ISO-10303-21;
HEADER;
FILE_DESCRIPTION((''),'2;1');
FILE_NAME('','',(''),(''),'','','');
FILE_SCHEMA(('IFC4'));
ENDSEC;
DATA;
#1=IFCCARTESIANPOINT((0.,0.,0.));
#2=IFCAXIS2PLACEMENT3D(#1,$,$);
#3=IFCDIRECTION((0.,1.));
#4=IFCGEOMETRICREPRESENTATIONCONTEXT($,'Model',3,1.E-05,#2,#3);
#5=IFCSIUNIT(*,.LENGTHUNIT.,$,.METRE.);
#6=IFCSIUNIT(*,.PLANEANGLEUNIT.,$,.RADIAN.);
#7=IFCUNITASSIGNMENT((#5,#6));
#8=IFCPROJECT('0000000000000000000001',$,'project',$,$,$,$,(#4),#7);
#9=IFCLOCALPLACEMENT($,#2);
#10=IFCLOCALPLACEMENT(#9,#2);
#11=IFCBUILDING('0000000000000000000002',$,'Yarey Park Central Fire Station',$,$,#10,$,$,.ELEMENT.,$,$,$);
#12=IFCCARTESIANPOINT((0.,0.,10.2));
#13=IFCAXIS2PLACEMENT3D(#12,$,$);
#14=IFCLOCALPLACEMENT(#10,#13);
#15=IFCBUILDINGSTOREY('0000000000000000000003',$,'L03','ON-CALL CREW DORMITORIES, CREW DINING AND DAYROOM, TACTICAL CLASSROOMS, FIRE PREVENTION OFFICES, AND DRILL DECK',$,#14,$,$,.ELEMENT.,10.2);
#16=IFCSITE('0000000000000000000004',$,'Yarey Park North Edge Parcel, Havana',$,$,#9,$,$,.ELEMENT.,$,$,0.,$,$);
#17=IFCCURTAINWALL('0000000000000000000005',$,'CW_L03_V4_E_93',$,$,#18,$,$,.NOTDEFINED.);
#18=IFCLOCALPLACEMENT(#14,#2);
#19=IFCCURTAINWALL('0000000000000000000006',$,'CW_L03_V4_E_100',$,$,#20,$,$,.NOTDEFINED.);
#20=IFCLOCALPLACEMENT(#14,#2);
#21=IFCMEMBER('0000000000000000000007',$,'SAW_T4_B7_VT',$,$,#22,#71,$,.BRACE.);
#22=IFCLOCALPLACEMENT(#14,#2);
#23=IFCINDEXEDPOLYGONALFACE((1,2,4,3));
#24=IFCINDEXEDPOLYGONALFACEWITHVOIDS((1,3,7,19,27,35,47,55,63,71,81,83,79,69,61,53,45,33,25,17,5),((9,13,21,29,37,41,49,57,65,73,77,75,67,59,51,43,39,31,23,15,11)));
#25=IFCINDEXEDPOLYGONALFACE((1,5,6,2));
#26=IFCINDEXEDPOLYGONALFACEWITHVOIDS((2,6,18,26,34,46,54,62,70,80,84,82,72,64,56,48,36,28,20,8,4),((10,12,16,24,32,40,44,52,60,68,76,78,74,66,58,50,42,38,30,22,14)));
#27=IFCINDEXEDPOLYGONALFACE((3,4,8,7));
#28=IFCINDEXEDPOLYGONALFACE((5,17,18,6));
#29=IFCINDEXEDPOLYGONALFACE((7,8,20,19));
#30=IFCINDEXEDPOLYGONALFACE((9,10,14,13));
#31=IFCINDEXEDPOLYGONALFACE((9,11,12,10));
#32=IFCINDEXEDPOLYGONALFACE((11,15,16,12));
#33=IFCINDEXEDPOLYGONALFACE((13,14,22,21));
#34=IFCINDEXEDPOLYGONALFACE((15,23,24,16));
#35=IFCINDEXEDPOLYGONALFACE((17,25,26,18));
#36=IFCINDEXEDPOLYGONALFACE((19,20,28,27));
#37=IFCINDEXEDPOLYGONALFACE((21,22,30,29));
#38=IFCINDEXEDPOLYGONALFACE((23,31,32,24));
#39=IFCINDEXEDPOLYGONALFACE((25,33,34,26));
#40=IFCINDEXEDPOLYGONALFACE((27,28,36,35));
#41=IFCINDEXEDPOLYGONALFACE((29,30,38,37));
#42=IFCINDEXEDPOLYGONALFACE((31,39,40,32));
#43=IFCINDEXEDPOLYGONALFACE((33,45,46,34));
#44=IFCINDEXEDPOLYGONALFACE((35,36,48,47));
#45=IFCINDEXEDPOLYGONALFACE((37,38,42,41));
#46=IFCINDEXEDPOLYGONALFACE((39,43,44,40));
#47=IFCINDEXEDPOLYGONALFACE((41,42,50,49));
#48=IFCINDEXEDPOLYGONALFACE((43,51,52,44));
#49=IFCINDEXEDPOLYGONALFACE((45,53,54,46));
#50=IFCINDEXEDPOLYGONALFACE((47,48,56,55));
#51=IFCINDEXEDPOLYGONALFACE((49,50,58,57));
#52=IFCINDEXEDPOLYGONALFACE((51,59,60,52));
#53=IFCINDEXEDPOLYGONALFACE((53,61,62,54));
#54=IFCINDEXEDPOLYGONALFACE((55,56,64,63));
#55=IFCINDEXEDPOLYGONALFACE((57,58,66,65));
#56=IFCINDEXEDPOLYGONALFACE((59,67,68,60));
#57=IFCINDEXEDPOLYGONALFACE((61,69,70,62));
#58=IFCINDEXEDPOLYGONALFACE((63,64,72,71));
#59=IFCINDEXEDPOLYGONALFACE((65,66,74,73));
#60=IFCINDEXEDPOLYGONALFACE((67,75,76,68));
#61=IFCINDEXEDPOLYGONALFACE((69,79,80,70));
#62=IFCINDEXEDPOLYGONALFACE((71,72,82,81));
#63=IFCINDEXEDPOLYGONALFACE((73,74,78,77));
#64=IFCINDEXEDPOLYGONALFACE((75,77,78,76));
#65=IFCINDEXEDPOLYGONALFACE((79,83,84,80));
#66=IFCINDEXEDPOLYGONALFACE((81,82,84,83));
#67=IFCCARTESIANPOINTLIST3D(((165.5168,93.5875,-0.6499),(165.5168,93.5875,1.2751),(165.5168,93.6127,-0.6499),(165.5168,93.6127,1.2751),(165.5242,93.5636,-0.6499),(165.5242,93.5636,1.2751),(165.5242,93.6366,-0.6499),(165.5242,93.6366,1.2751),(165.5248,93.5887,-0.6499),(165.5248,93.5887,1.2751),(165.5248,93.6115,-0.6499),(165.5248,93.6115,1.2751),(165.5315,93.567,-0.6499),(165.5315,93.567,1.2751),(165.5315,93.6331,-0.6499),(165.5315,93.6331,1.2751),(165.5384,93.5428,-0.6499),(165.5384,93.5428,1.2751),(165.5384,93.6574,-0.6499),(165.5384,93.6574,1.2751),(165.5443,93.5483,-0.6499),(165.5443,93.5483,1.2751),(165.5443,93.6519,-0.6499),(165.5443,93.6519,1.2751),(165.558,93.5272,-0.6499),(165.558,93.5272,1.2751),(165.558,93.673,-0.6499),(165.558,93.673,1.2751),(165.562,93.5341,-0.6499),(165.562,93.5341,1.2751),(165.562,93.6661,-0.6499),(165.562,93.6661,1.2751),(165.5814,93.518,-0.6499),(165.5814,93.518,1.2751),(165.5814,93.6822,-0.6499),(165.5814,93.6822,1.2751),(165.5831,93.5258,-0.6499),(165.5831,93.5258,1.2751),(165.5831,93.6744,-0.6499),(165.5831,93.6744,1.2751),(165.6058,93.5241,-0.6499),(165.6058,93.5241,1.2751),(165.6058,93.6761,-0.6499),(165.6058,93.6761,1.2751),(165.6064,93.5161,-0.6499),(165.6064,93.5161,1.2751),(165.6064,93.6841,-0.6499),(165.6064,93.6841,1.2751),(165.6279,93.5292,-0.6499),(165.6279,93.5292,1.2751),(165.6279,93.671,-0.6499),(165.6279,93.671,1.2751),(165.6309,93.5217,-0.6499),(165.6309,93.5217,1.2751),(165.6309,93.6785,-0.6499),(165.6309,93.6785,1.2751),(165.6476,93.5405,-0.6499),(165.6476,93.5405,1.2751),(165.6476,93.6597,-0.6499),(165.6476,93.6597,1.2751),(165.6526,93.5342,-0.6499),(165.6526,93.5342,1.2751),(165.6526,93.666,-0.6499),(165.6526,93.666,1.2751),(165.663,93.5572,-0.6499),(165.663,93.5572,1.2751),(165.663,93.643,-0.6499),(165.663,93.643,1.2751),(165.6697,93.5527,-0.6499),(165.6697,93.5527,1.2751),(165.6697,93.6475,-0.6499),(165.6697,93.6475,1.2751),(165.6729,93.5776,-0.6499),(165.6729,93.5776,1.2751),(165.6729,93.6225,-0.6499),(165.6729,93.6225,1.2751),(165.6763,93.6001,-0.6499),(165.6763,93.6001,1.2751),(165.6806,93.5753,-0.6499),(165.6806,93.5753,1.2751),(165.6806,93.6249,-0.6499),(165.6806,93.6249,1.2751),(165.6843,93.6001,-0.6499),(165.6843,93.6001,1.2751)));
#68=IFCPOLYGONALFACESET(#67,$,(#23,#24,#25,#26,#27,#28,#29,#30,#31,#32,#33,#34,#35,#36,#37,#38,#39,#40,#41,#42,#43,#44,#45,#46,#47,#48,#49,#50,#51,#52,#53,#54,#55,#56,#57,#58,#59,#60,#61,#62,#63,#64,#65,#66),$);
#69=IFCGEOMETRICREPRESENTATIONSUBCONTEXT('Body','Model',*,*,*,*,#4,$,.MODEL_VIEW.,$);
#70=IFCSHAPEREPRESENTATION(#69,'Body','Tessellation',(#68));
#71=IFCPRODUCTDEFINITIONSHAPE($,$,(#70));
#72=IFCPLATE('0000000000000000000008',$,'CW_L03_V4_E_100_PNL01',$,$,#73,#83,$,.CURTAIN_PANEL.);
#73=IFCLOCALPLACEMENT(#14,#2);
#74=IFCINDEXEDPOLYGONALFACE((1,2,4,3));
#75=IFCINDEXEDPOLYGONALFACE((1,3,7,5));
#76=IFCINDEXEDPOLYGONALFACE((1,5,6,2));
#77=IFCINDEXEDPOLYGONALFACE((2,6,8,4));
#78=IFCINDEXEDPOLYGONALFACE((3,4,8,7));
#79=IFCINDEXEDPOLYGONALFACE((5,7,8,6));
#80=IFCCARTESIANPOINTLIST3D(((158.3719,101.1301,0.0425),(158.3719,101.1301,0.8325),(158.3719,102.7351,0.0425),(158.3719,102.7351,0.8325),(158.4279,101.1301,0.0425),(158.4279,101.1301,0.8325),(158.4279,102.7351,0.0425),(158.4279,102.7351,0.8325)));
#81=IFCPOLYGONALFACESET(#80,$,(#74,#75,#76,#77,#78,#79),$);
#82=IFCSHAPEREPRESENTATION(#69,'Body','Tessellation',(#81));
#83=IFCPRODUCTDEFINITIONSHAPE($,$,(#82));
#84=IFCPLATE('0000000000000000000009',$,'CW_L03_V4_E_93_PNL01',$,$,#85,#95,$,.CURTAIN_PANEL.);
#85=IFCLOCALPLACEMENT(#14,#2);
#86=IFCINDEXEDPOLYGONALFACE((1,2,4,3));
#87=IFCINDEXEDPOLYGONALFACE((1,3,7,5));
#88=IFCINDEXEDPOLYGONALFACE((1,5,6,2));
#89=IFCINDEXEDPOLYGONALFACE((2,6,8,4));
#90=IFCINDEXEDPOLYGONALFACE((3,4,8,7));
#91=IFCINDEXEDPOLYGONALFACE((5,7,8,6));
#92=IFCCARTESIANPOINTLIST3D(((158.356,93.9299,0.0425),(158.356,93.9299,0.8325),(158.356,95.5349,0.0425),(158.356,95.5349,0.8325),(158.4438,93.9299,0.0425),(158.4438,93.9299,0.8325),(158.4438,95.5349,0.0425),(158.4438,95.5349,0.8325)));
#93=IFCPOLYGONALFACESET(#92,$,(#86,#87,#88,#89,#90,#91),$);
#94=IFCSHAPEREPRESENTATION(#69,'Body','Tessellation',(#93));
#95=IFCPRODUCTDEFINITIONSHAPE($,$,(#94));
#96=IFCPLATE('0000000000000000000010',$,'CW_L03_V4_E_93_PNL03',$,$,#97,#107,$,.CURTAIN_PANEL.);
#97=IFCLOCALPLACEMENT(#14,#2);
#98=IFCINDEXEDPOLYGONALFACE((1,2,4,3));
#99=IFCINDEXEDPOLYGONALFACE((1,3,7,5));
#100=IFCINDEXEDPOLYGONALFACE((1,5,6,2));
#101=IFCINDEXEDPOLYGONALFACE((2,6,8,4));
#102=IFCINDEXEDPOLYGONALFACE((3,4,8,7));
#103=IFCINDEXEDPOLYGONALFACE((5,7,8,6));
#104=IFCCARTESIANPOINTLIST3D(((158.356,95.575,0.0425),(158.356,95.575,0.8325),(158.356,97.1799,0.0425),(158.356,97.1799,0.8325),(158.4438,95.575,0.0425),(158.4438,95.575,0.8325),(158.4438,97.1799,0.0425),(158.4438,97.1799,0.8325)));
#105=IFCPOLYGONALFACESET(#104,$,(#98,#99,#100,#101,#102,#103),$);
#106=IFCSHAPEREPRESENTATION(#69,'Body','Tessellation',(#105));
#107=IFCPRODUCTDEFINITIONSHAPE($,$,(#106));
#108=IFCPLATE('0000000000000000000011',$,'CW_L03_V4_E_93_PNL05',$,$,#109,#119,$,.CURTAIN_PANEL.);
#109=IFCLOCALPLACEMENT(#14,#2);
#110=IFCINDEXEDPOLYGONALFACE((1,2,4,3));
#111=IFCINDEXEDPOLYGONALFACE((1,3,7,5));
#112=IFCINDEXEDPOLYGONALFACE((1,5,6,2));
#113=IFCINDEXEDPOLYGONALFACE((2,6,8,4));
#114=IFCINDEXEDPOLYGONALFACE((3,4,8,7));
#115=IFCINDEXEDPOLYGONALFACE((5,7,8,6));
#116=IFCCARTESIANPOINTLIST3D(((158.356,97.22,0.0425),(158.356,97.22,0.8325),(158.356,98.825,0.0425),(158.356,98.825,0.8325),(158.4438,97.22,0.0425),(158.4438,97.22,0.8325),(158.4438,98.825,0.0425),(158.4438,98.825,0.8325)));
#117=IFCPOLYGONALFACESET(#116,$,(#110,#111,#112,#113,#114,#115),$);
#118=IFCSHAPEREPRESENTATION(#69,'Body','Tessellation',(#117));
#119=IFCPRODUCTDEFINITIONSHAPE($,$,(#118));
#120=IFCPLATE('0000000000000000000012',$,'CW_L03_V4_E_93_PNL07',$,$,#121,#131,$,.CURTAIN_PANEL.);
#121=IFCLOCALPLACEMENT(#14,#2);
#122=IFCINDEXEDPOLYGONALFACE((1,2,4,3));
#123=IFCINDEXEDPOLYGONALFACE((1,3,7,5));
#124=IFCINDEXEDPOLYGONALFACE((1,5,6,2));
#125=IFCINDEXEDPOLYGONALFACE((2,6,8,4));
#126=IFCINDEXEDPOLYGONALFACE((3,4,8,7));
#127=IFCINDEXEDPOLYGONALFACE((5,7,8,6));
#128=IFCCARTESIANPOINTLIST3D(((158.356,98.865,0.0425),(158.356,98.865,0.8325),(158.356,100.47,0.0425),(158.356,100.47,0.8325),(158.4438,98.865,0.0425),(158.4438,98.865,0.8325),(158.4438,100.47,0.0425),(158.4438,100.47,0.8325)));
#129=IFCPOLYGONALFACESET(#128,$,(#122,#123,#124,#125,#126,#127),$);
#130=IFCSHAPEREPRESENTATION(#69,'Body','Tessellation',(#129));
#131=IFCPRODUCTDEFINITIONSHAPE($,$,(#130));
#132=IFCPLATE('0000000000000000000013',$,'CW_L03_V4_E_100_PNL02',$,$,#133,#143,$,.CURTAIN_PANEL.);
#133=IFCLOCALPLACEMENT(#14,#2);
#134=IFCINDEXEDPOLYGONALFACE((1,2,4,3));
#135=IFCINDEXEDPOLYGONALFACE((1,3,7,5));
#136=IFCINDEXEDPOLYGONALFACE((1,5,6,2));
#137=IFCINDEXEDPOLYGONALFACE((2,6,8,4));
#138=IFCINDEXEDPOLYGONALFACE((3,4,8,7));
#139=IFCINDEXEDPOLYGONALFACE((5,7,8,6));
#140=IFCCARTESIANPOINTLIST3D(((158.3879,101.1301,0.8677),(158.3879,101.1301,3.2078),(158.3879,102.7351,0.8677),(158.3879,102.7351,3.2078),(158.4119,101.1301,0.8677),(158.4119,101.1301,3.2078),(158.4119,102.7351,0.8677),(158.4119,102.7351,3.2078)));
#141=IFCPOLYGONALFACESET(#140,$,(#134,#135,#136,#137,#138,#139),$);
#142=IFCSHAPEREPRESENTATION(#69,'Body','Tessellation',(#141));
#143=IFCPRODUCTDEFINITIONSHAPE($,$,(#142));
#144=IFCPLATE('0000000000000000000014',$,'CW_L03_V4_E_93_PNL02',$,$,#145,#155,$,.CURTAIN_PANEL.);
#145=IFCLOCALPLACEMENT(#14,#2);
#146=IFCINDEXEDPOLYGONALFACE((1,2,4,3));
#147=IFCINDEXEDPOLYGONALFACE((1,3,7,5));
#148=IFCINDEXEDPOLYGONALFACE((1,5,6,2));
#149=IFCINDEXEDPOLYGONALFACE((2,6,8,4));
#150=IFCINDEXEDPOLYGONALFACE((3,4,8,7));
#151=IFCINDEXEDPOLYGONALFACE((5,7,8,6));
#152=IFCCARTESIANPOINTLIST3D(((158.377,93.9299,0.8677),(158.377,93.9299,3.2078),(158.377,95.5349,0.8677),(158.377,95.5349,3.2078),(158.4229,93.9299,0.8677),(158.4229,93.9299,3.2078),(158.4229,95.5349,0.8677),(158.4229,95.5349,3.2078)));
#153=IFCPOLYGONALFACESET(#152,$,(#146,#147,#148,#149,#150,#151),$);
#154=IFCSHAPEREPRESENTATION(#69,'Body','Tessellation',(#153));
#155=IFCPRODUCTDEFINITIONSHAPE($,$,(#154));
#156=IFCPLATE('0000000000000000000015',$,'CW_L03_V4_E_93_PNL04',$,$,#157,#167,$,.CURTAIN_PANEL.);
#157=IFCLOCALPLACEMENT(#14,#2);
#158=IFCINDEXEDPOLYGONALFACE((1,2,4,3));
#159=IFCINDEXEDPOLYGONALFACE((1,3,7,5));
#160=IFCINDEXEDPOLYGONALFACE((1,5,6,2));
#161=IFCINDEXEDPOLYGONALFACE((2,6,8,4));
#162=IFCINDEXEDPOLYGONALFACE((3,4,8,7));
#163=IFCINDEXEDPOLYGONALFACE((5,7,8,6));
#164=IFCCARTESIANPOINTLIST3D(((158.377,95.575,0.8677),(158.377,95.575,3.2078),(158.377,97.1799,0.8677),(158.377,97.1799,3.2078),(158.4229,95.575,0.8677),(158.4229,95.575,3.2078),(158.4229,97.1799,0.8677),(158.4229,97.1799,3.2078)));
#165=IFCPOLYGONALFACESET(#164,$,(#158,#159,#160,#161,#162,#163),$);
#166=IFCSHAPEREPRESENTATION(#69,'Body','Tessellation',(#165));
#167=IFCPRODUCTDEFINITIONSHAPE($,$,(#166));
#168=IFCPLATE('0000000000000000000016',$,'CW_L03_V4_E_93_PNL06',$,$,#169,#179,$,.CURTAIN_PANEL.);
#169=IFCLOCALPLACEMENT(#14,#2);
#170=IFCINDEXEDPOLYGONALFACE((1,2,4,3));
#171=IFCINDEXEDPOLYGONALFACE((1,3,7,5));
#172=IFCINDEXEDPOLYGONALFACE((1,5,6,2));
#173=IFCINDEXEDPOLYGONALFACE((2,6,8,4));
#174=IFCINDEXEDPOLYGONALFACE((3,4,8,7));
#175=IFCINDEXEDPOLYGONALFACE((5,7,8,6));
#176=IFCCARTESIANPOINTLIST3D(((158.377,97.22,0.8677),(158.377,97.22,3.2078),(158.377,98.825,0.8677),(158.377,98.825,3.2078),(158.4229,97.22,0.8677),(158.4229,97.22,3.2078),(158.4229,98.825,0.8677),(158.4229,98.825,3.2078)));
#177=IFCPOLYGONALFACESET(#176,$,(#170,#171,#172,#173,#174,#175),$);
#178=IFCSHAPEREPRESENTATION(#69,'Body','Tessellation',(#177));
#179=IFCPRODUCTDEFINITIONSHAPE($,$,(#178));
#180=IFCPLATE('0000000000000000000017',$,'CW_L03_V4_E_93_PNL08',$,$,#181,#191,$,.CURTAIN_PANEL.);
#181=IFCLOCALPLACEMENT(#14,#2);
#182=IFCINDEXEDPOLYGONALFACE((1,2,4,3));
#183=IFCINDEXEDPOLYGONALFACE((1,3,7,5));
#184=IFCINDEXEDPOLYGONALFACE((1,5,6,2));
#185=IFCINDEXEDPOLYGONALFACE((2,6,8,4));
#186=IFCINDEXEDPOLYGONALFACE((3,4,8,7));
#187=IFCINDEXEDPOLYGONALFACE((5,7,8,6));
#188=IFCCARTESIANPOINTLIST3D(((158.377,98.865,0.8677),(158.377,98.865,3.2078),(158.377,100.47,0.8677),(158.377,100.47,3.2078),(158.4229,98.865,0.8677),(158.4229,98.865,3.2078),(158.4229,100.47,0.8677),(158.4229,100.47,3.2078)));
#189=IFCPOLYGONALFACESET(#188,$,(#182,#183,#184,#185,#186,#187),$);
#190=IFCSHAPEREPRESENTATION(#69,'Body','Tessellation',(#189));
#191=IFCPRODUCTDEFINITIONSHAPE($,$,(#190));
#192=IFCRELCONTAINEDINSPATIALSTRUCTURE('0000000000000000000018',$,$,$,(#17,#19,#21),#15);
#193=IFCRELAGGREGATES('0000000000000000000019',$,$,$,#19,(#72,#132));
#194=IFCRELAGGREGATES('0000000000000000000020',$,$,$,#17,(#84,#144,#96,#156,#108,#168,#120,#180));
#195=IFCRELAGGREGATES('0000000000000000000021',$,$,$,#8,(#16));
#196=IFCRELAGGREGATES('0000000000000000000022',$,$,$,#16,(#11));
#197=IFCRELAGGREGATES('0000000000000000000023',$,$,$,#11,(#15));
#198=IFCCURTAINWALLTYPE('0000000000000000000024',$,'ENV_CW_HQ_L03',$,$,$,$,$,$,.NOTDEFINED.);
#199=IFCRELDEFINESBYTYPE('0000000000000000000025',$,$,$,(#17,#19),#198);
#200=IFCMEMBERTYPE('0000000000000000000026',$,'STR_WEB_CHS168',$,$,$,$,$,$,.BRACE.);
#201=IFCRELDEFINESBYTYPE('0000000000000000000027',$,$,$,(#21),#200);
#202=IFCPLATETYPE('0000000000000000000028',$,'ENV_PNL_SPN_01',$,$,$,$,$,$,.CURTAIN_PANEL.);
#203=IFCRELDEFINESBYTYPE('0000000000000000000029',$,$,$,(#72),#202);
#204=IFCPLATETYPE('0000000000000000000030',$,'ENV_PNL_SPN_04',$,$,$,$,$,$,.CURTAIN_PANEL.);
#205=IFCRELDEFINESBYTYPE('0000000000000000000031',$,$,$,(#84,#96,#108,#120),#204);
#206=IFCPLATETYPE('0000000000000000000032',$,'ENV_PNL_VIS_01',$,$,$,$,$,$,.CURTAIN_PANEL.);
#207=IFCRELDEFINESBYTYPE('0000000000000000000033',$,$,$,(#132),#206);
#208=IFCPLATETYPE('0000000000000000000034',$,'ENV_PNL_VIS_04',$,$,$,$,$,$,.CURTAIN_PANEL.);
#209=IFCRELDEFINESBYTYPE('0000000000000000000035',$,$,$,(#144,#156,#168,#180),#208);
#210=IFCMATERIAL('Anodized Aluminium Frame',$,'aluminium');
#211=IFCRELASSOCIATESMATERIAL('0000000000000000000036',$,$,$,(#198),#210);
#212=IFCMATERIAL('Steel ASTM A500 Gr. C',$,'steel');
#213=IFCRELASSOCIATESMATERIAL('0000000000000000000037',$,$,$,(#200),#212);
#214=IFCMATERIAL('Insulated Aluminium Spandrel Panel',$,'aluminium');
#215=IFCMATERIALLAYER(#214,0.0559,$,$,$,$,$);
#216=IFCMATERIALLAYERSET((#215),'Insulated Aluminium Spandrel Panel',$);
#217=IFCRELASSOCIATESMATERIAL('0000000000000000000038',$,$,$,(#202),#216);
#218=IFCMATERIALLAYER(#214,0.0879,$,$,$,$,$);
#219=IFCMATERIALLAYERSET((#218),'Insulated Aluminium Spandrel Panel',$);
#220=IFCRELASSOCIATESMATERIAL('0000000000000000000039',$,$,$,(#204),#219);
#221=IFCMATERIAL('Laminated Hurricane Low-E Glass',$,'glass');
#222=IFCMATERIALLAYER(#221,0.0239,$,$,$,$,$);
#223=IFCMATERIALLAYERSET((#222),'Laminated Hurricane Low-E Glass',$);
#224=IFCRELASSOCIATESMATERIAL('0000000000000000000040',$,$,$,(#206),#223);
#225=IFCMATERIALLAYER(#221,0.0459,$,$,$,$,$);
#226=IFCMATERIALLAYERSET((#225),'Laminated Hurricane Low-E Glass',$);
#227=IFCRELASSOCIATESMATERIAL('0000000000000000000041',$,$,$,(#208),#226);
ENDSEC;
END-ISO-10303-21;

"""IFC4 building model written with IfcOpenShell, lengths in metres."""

from ifc_helpers import new_model, si_unit, direction, frame, origin, origin_2d, place, context, subcontext, project, spatial, rectangle, hollow_circle, extrude, material, layer, layer_set, material_profile, profile_set, type_object, element, aggregate, save


model = new_model("IFC4")

# Units and contexts
model_context = context("Model", 3, precision=1e-05, world=origin(), true_north=direction((0.0, 1.0)))
body_context = subcontext(model_context, "Body", "Model", "MODEL_VIEW")
ifc_project = project(units=[si_unit("LENGTHUNIT", "METRE"), si_unit("PLANEANGLEUNIT", "RADIAN")], contexts=[model_context])

# Site, building, storey
site_placement = place(None, origin())
site = spatial("IfcSite", under=ifc_project, at=site_placement, Name="Yarey Park North Edge Parcel, Havana", CompositionType="ELEMENT", RefElevation=0.0)
building_placement = place(site_placement, origin())
building = spatial("IfcBuilding", under=site, at=building_placement, Name="Yarey Park Central Fire Station", CompositionType="ELEMENT")
storey_placement = place(building_placement, frame((0.0, 0.0, 10.2)))
storey = spatial("IfcBuildingStorey", under=building, at=storey_placement, Name="L03", Description="ON-CALL CREW DORMITORIES, CREW DINING AND DAYROOM, TACTICAL CLASSROOMS, FIRE PREVENTION OFFICES, AND DRILL DECK", CompositionType="ELEMENT", Elevation=10.2)

# Curtain wall
ifc_material_1 = material(Name="Anodized Aluminium Frame", Category="aluminium")
curtain_wall_type = type_object("IfcCurtainWallType", Name="ENV_CW_HQ_L03", PredefinedType="NOTDEFINED", material=ifc_material_1)
curtain_wall_1_placement = place(storey_placement, origin())
curtain_wall_1 = element("IfcCurtainWall", 1, at=curtain_wall_1_placement, inside=storey, type_object=curtain_wall_type, Name="CW_L03_V4_E_93", PredefinedType="NOTDEFINED")

# Curtain wall
curtain_wall_2_placement = place(storey_placement, origin())
curtain_wall_2 = element("IfcCurtainWall", 2, at=curtain_wall_2_placement, inside=storey, type_object=curtain_wall_type, Name="CW_L03_V4_E_100", PredefinedType="NOTDEFINED")

# Member
ifc_material_2 = material(Name="Steel ASTM A500 Gr. C", Category="steel")
ifc_material_profile_1 = material_profile(ifc_material_2, hollow_circle(Radius=0.0842, WallThickness=0.0081, at=origin_2d()), Name="CHS 168.3x8")
ifc_profile_set_1 = profile_set([ifc_material_profile_1], Name="Steel ASTM A500 Gr. C")
member_type_1 = type_object("IfcMemberType", Name="STR_WEB_CHS168", PredefinedType="BRACE", material=ifc_profile_set_1)
for number, where, z_axis, x_axis, name in (
    (3, (165.6001, 93.6001, -0.6499), (0.0, 0.0, 1.0), (1.0, 0.0, 0.0), "SAW_T4_B7_VT"),
):
    element("IfcMember", number, at=place(storey_placement, frame(where, z_axis=z_axis, x_axis=x_axis)), inside=storey, type_object=member_type_1, Name=name, PredefinedType="BRACE", context=body_context, shape_type="SweptSolid", body=[
        extrude(hollow_circle(Radius=0.0842, WallThickness=0.0081, at=origin_2d()), origin(), (0.0, 0.0, 1.0), 1.925),
    ])

# Plates
ifc_material_3 = material(Name="Insulated Aluminium Spandrel Panel", Category="aluminium")
ifc_layer_1 = layer(ifc_material_3, 0.0559)
ifc_layer_set_1 = layer_set([ifc_layer_1], Name="Insulated Aluminium Spandrel Panel")
plate_type_1 = type_object("IfcPlateType", Name="ENV_PNL_SPN_01", PredefinedType="CURTAIN_PANEL", material=ifc_layer_set_1)
plate_1_placement = place(storey_placement, frame((158.3999, 101.9326, 0.0425), z_axis=(0.0, 0.0, 1.0), x_axis=(0.0, 1.0, 0.0)))
plate_1 = element("IfcPlate", 4, at=plate_1_placement, type_object=plate_type_1, Name="CW_L03_V4_E_100_PNL01", PredefinedType="CURTAIN_PANEL", context=body_context, shape_type="SweptSolid", body=[
    extrude(rectangle(XDim=1.605, YDim=0.0559, at=origin_2d()), origin(), (0.0, 0.0, 1.0), 0.79),
])
ifc_layer_2 = layer(ifc_material_3, 0.0879)
ifc_layer_set_2 = layer_set([ifc_layer_2], Name="Insulated Aluminium Spandrel Panel")
plate_type_2 = type_object("IfcPlateType", Name="ENV_PNL_SPN_04", PredefinedType="CURTAIN_PANEL", material=ifc_layer_set_2)
plate_2_placement = place(storey_placement, frame((158.3999, 94.7324, 0.0425), z_axis=(0.0, 0.0, 1.0), x_axis=(0.0, 1.0, 0.0)))
plate_2 = element("IfcPlate", 5, at=plate_2_placement, type_object=plate_type_2, Name="CW_L03_V4_E_93_PNL01", PredefinedType="CURTAIN_PANEL", context=body_context, shape_type="SweptSolid", body=[
    extrude(rectangle(XDim=1.605, YDim=0.0879, at=origin_2d()), origin(), (0.0, 0.0, 1.0), 0.79),
])
plate_3_placement = place(storey_placement, frame((158.3999, 96.3774, 0.0425), z_axis=(0.0, 0.0, 1.0), x_axis=(0.0, 1.0, 0.0)))
plate_3 = element("IfcPlate", 6, at=plate_3_placement, type_object=plate_type_2, Name="CW_L03_V4_E_93_PNL03", PredefinedType="CURTAIN_PANEL", context=body_context, shape_type="SweptSolid", body=[
    extrude(rectangle(XDim=1.605, YDim=0.0879, at=origin_2d()), origin(), (0.0, 0.0, 1.0), 0.79),
])
plate_4_placement = place(storey_placement, frame((158.3999, 98.0225, 0.0425), z_axis=(0.0, 0.0, 1.0), x_axis=(0.0, 1.0, 0.0)))
plate_4 = element("IfcPlate", 7, at=plate_4_placement, type_object=plate_type_2, Name="CW_L03_V4_E_93_PNL05", PredefinedType="CURTAIN_PANEL", context=body_context, shape_type="SweptSolid", body=[
    extrude(rectangle(XDim=1.605, YDim=0.0879, at=origin_2d()), origin(), (0.0, 0.0, 1.0), 0.79),
])
plate_5_placement = place(storey_placement, frame((158.3999, 99.6675, 0.0425), z_axis=(0.0, 0.0, 1.0), x_axis=(0.0, 1.0, 0.0)))
plate_5 = element("IfcPlate", 8, at=plate_5_placement, type_object=plate_type_2, Name="CW_L03_V4_E_93_PNL07", PredefinedType="CURTAIN_PANEL", context=body_context, shape_type="SweptSolid", body=[
    extrude(rectangle(XDim=1.605, YDim=0.0879, at=origin_2d()), origin(), (0.0, 0.0, 1.0), 0.79),
])
ifc_material_4 = material(Name="Laminated Hurricane Low-E Glass", Category="glass")
ifc_layer_3 = layer(ifc_material_4, 0.0239)
ifc_layer_set_3 = layer_set([ifc_layer_3], Name="Laminated Hurricane Low-E Glass")
plate_type_3 = type_object("IfcPlateType", Name="ENV_PNL_VIS_01", PredefinedType="CURTAIN_PANEL", material=ifc_layer_set_3)
plate_6_placement = place(storey_placement, frame((158.3999, 101.9326, 0.8677), z_axis=(0.0, 0.0, 1.0), x_axis=(0.0, 1.0, 0.0)))
plate_6 = element("IfcPlate", 9, at=plate_6_placement, type_object=plate_type_3, Name="CW_L03_V4_E_100_PNL02", PredefinedType="CURTAIN_PANEL", context=body_context, shape_type="SweptSolid", body=[
    extrude(rectangle(XDim=1.605, YDim=0.0239, at=origin_2d()), origin(), (0.0, 0.0, 1.0), 2.3401),
])
aggregate(curtain_wall_2, [plate_1, plate_6])
ifc_layer_4 = layer(ifc_material_4, 0.0459)
ifc_layer_set_4 = layer_set([ifc_layer_4], Name="Laminated Hurricane Low-E Glass")
plate_type_4 = type_object("IfcPlateType", Name="ENV_PNL_VIS_04", PredefinedType="CURTAIN_PANEL", material=ifc_layer_set_4)
plate_7_placement = place(storey_placement, frame((158.3999, 94.7324, 0.8677), z_axis=(0.0, 0.0, 1.0), x_axis=(0.0, 1.0, 0.0)))
plate_7 = element("IfcPlate", 10, at=plate_7_placement, type_object=plate_type_4, Name="CW_L03_V4_E_93_PNL02", PredefinedType="CURTAIN_PANEL", context=body_context, shape_type="SweptSolid", body=[
    extrude(rectangle(XDim=1.605, YDim=0.0459, at=origin_2d()), origin(), (0.0, 0.0, 1.0), 2.3401),
])
plate_8_placement = place(storey_placement, frame((158.3999, 96.3774, 0.8677), z_axis=(0.0, 0.0, 1.0), x_axis=(0.0, 1.0, 0.0)))
plate_8 = element("IfcPlate", 11, at=plate_8_placement, type_object=plate_type_4, Name="CW_L03_V4_E_93_PNL04", PredefinedType="CURTAIN_PANEL", context=body_context, shape_type="SweptSolid", body=[
    extrude(rectangle(XDim=1.605, YDim=0.0459, at=origin_2d()), origin(), (0.0, 0.0, 1.0), 2.3401),
])
plate_9_placement = place(storey_placement, frame((158.3999, 98.0225, 0.8677), z_axis=(0.0, 0.0, 1.0), x_axis=(0.0, 1.0, 0.0)))
plate_9 = element("IfcPlate", 12, at=plate_9_placement, type_object=plate_type_4, Name="CW_L03_V4_E_93_PNL06", PredefinedType="CURTAIN_PANEL", context=body_context, shape_type="SweptSolid", body=[
    extrude(rectangle(XDim=1.605, YDim=0.0459, at=origin_2d()), origin(), (0.0, 0.0, 1.0), 2.3401),
])
plate_10_placement = place(storey_placement, frame((158.3999, 99.6675, 0.8677), z_axis=(0.0, 0.0, 1.0), x_axis=(0.0, 1.0, 0.0)))
plate_10 = element("IfcPlate", 13, at=plate_10_placement, type_object=plate_type_4, Name="CW_L03_V4_E_93_PNL08", PredefinedType="CURTAIN_PANEL", context=body_context, shape_type="SweptSolid", body=[
    extrude(rectangle(XDim=1.605, YDim=0.0459, at=origin_2d()), origin(), (0.0, 0.0, 1.0), 2.3401),
])
aggregate(curtain_wall_1, [plate_2, plate_7, plate_3, plate_8, plate_4, plate_9, plate_5, plate_10])

save(model, "model.ifc")
